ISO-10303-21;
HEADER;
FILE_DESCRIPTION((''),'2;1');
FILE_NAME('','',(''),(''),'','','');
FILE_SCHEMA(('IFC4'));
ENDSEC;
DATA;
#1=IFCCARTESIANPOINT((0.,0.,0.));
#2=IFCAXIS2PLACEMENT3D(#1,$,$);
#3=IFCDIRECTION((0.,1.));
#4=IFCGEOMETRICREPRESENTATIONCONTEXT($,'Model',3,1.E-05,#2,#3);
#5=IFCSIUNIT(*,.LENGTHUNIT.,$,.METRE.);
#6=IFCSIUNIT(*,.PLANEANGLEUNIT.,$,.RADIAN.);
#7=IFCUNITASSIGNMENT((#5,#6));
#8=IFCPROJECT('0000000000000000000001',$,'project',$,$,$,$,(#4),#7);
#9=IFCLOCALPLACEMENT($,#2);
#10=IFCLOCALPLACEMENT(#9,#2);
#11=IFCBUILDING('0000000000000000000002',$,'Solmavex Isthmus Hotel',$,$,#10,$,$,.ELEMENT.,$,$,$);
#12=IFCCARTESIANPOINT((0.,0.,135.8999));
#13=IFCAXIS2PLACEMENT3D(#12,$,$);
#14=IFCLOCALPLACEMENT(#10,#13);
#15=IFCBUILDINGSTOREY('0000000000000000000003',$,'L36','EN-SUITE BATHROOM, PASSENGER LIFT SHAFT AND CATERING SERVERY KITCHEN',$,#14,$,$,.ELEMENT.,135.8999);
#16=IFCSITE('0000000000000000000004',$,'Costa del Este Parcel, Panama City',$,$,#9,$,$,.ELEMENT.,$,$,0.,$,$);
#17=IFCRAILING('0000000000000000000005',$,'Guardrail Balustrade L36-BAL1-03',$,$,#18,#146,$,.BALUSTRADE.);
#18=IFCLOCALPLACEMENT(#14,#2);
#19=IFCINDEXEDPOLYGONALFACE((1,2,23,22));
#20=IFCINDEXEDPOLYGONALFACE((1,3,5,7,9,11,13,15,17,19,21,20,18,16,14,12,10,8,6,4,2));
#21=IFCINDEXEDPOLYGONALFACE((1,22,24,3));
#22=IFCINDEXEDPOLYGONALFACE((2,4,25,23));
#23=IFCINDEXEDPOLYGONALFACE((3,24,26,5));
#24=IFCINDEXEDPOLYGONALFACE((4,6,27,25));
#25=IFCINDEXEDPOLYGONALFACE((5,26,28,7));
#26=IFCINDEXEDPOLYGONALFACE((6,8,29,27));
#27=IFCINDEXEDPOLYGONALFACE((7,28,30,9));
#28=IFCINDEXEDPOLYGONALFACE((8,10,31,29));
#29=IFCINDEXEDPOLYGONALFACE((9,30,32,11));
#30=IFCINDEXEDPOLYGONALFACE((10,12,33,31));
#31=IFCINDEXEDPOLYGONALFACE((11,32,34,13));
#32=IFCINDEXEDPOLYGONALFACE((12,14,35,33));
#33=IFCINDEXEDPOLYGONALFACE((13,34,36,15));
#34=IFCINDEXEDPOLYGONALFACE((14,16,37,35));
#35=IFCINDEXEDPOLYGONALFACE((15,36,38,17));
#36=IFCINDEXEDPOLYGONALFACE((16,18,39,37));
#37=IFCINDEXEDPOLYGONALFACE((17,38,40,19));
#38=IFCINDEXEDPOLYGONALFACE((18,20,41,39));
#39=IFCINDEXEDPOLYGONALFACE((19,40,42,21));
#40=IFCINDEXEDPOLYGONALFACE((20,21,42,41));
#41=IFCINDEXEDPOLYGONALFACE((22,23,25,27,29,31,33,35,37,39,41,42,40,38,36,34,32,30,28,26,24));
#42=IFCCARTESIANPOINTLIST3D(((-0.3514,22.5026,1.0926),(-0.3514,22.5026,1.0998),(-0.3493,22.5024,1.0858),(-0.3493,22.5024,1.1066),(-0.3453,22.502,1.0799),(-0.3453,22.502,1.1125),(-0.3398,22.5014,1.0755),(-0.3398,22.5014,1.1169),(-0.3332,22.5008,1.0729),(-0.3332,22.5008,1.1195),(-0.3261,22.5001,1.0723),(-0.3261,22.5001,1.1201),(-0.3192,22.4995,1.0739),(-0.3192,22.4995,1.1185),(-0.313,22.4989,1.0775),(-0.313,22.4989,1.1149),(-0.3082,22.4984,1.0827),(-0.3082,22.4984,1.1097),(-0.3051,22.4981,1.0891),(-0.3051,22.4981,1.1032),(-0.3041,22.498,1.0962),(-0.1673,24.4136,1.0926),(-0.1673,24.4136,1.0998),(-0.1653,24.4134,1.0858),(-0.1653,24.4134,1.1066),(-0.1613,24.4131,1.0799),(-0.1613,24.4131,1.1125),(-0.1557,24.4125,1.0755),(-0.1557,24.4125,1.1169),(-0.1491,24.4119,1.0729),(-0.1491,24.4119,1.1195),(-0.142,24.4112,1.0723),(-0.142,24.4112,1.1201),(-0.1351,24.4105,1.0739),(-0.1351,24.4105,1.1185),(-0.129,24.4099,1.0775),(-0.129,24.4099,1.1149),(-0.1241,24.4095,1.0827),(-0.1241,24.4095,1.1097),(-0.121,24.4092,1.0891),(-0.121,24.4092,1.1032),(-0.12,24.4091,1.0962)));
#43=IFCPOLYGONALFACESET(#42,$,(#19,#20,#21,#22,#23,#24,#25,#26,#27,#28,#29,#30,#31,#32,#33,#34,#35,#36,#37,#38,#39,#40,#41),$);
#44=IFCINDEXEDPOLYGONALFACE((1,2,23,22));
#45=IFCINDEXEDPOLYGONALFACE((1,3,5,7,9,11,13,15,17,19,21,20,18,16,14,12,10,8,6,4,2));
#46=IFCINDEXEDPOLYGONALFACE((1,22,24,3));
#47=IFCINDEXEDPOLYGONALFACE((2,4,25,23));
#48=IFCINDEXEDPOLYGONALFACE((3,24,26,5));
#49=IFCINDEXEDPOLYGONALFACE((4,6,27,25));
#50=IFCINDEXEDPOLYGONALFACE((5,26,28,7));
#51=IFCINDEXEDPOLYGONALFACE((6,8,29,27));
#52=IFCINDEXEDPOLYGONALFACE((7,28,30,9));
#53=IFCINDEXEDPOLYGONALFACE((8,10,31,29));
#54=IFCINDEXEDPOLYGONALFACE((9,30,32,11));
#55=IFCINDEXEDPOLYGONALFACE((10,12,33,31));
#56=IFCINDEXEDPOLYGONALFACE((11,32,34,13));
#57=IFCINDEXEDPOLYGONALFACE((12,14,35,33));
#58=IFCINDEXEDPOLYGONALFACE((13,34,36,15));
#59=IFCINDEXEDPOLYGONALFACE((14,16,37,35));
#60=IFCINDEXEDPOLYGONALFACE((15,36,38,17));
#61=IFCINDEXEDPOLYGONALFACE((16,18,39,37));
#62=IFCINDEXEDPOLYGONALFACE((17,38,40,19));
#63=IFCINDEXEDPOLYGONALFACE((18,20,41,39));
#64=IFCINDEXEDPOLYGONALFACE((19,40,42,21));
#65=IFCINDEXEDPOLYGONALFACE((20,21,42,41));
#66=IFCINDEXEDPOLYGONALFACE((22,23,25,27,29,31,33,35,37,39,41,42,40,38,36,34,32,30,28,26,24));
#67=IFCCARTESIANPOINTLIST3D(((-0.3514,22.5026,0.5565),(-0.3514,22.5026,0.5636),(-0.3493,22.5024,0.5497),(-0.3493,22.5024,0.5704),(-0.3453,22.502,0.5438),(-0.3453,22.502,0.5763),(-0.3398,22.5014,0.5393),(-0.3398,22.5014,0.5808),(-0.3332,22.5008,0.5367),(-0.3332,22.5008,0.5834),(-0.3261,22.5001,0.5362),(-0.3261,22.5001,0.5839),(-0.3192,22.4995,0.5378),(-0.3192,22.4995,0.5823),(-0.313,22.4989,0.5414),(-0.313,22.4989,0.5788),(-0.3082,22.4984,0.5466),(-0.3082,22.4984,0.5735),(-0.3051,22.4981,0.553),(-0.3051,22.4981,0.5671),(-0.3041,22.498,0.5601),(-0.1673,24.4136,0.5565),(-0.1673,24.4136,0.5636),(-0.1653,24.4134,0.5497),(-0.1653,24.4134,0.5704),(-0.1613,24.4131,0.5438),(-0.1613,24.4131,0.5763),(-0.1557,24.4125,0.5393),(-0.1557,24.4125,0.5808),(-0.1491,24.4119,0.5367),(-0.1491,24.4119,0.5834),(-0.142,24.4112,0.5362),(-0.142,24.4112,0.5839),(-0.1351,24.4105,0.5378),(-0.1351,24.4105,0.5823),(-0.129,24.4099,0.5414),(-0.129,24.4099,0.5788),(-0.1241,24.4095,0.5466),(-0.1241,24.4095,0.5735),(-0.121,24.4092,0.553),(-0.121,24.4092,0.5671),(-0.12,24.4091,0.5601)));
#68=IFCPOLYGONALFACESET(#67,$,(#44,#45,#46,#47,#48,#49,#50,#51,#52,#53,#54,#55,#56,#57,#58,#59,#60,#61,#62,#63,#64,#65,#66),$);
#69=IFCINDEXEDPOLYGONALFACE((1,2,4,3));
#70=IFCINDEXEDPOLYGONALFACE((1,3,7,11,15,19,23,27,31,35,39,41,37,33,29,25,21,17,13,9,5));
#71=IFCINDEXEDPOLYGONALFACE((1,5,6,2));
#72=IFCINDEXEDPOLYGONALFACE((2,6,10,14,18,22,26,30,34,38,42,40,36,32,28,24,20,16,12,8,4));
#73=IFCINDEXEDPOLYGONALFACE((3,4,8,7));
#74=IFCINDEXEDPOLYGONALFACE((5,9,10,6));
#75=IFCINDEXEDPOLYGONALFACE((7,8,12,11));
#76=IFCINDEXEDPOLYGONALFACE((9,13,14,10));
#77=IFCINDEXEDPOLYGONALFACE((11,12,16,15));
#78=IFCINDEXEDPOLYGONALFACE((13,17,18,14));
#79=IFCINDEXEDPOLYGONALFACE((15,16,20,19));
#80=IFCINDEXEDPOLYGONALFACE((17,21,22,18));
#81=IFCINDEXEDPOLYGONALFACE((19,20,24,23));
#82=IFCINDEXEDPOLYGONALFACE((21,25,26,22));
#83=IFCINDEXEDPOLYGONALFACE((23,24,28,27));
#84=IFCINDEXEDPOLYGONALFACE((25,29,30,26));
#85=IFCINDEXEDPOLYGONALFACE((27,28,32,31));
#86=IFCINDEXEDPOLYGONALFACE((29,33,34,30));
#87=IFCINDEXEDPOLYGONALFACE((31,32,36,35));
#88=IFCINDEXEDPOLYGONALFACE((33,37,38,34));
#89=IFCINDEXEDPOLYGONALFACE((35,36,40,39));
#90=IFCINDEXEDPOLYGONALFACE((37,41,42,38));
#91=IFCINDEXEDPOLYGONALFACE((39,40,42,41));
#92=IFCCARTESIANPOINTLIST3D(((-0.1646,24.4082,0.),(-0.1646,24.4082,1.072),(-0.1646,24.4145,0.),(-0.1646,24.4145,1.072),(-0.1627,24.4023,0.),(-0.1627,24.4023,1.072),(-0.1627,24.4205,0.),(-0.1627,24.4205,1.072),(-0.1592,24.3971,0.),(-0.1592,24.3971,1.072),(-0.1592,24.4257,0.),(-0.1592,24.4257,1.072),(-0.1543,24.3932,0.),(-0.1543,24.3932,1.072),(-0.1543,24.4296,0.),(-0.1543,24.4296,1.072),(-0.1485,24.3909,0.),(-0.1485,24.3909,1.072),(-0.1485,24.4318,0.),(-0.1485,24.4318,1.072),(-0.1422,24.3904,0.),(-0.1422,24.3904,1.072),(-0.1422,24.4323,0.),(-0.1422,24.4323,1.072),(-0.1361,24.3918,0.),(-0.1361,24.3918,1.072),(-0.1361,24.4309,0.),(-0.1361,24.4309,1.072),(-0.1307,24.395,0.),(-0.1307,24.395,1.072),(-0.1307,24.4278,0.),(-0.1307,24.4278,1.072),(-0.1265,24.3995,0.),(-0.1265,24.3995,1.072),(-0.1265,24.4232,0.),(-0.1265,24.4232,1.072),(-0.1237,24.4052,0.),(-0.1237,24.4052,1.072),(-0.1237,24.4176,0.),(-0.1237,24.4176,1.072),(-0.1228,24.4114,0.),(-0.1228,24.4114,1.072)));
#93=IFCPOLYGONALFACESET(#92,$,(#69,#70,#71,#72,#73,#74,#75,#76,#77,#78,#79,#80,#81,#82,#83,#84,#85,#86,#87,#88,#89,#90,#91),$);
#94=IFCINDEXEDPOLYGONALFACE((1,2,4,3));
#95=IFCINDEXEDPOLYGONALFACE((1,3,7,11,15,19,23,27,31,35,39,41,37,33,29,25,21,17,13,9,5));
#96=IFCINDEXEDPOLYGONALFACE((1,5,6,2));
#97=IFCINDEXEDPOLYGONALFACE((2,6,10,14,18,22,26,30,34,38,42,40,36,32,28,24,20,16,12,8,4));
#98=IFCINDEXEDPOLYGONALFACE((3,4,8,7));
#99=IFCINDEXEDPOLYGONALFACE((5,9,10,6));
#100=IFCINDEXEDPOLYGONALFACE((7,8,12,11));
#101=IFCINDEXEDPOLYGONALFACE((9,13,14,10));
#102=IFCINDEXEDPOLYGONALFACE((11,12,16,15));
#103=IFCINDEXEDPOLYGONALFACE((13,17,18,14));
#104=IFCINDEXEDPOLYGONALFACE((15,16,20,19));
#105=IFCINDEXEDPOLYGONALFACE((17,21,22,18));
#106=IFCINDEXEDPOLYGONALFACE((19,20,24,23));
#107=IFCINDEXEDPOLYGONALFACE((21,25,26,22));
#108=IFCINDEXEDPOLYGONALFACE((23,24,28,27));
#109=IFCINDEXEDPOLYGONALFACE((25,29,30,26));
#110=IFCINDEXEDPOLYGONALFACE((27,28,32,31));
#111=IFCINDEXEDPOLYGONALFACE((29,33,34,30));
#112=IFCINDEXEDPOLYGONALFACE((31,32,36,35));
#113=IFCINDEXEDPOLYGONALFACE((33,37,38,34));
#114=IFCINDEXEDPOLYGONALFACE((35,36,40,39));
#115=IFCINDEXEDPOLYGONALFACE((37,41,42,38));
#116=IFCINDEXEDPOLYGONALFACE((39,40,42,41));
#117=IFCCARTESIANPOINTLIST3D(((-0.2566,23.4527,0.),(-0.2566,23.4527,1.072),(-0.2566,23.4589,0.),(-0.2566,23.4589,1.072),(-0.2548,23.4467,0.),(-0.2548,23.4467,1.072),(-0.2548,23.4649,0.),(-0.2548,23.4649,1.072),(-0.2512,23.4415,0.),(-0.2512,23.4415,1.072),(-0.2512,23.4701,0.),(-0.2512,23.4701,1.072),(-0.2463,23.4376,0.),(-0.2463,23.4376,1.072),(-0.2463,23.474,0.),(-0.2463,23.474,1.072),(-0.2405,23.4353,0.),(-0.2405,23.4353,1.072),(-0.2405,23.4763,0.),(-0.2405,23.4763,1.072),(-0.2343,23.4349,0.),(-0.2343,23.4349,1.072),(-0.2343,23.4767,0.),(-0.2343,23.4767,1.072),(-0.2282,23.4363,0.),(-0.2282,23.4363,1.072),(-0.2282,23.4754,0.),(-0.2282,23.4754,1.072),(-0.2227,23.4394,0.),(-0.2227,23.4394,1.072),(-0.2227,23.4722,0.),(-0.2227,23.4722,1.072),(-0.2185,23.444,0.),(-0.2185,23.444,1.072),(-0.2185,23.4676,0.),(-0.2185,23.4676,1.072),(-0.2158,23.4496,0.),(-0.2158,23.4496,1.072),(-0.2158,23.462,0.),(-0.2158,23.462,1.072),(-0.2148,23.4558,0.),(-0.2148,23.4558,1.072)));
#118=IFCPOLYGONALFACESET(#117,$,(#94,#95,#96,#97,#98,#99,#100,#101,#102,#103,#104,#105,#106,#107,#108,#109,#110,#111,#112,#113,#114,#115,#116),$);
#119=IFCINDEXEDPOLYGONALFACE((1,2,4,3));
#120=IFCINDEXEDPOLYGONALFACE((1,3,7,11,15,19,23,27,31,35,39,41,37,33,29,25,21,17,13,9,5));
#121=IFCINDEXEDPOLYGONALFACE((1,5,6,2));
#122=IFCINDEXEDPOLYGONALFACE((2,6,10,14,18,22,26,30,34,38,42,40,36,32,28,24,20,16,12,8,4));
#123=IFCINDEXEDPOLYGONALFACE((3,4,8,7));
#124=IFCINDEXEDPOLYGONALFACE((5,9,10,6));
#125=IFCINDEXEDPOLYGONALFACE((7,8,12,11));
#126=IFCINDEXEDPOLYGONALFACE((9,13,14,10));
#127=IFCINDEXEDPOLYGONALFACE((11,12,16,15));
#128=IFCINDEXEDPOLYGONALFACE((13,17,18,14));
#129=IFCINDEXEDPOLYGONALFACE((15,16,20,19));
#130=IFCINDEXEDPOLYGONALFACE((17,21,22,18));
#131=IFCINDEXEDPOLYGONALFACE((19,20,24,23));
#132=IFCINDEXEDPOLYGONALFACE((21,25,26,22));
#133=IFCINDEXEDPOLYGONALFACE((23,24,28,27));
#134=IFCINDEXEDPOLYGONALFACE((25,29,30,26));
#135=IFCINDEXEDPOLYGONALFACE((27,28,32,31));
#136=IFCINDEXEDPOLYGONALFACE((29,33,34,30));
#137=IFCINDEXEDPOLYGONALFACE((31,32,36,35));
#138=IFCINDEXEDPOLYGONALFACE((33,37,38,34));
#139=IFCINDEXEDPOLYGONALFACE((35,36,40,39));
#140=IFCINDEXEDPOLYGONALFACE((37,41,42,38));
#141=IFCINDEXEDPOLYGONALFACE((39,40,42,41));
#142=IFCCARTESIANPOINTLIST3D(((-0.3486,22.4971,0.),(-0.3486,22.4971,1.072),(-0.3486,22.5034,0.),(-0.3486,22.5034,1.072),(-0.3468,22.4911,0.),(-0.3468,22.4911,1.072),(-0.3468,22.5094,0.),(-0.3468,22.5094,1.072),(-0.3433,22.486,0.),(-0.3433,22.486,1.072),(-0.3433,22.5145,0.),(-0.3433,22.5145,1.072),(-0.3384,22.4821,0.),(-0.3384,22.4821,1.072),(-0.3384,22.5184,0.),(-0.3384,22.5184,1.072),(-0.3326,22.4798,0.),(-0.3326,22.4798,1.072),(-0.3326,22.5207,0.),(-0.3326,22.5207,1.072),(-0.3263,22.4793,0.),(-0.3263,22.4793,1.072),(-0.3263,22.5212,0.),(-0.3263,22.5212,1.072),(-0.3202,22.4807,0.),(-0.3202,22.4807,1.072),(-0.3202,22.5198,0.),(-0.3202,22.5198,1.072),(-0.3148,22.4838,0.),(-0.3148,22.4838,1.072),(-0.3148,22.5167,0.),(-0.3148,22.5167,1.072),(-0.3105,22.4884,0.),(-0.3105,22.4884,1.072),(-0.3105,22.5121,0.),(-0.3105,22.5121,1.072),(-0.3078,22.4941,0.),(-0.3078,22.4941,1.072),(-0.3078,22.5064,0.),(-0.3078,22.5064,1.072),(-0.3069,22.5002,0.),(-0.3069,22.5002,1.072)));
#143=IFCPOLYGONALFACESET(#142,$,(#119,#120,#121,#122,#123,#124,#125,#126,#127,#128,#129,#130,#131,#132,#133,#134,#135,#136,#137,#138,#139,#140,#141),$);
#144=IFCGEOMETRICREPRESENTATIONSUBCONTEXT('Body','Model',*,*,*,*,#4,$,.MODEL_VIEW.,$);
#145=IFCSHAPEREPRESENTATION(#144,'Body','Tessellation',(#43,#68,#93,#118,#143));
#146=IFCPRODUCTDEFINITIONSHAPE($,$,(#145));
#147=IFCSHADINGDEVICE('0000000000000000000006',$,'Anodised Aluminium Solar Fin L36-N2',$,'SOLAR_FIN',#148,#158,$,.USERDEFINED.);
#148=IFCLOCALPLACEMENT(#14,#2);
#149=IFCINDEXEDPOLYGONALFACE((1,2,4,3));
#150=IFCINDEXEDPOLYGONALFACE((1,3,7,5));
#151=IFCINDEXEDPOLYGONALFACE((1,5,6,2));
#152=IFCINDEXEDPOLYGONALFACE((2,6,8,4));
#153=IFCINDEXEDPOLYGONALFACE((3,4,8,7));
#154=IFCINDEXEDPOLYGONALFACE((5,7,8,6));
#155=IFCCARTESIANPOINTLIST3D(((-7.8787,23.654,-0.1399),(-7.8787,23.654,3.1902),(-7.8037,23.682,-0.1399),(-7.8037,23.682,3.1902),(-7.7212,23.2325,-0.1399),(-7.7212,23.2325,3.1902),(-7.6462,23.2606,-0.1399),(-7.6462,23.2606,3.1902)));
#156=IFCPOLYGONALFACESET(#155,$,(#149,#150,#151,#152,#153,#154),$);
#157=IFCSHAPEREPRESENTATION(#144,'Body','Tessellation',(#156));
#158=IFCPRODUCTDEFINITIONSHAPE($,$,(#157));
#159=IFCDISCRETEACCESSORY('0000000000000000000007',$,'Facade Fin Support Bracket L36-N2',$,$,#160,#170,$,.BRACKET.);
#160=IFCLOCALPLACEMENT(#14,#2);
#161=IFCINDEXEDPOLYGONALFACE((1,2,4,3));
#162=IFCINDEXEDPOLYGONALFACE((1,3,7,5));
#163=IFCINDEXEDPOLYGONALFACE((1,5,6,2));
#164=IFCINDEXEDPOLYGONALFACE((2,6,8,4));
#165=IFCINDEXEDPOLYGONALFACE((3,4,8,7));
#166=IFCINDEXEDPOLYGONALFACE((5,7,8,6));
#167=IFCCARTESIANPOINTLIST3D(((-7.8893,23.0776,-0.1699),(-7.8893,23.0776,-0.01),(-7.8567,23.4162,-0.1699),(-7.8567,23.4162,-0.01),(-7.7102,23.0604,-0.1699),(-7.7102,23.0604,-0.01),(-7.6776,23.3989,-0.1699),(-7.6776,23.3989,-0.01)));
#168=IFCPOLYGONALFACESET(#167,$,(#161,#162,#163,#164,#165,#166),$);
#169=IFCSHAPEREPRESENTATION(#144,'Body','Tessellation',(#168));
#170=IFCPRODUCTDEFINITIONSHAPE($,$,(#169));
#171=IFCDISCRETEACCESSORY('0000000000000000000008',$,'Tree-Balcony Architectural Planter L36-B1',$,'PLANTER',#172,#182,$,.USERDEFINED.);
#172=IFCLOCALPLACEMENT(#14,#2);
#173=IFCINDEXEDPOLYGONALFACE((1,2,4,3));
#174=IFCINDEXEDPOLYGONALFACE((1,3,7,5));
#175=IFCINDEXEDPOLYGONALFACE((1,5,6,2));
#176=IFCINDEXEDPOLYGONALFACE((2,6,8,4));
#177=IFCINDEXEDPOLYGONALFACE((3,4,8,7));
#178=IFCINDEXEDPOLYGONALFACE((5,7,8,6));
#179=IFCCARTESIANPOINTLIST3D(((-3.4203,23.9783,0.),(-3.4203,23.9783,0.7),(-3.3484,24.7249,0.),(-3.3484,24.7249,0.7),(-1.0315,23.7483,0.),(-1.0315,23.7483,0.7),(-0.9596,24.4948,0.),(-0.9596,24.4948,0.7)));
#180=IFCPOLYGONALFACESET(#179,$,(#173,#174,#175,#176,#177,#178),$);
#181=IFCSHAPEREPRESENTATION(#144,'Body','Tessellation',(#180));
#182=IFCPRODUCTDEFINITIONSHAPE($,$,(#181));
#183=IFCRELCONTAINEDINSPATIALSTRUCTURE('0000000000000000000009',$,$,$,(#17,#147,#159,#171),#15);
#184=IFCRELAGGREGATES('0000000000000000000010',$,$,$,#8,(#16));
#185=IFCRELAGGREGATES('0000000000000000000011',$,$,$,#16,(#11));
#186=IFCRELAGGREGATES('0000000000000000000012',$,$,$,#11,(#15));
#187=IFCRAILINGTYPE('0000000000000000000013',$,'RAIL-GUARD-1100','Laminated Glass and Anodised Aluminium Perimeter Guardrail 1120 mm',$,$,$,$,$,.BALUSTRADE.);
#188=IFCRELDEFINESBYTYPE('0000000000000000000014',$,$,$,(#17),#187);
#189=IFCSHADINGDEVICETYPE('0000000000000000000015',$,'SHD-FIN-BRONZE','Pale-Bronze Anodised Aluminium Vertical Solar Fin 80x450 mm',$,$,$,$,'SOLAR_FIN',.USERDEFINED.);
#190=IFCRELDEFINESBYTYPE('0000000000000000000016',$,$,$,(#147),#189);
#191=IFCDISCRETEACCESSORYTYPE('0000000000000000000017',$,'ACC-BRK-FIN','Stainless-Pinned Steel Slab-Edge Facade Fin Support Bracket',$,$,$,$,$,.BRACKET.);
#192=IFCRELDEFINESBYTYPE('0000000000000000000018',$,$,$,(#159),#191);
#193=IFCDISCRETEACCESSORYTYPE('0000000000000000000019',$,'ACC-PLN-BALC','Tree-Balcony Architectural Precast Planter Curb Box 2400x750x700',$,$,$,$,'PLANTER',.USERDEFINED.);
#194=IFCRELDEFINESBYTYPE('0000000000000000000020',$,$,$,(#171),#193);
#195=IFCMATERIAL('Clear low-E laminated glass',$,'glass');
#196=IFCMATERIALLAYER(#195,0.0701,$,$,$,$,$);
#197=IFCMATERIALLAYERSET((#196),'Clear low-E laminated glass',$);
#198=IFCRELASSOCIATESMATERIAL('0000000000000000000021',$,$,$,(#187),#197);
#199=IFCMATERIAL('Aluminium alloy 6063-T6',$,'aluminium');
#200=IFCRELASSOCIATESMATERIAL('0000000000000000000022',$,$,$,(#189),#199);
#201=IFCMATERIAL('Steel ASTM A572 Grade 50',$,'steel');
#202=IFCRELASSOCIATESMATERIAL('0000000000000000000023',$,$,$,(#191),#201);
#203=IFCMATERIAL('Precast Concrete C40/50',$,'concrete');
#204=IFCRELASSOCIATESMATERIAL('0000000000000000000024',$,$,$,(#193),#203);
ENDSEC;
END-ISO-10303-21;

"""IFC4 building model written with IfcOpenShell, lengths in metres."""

from ifc_helpers import new_model, si_unit, direction, frame, origin, origin_2d, place, context, subcontext, project, spatial, rectangle, circle, extrude, material, layer, layer_set, type_object, element, save


model = new_model("IFC4")

# Units and contexts
model_context = context("Model", 3, precision=1e-05, world=origin(), true_north=direction((0.0, 1.0)))
body_context = subcontext(model_context, "Body", "Model", "MODEL_VIEW")
ifc_project = project(units=[si_unit("LENGTHUNIT", "METRE"), si_unit("PLANEANGLEUNIT", "RADIAN")], contexts=[model_context])

# Site, building, storey
site_placement = place(None, origin())
site = spatial("IfcSite", under=ifc_project, at=site_placement, Name="Costa del Este Parcel, Panama City", CompositionType="ELEMENT", RefElevation=0.0)
building_placement = place(site_placement, origin())
building = spatial("IfcBuilding", under=site, at=building_placement, Name="Solmavex Isthmus Hotel", CompositionType="ELEMENT")
storey_placement = place(building_placement, frame((0.0, 0.0, 135.8999)))
storey = spatial("IfcBuildingStorey", under=building, at=storey_placement, Name="L36", Description="EN-SUITE BATHROOM, PASSENGER LIFT SHAFT AND CATERING SERVERY KITCHEN", CompositionType="ELEMENT", Elevation=135.8999)

# Shared definitions
ifc_material_1 = material(Name="Steel ASTM A572 Grade 50", Category="steel")

# Shared definitions
ifc_material_2 = material(Name="Aluminium alloy 6063-T6", Category="aluminium")

# Shared definitions
ifc_material_3 = material(Name="Clear low-E laminated glass", Category="glass")

# Shared definitions
ifc_material_4 = material(Name="Precast Concrete C40/50", Category="concrete")

# Railing
ifc_layer_1 = layer(ifc_material_3, 0.0701)
ifc_layer_set_1 = layer_set([ifc_layer_1], Name="Clear low-E laminated glass")
railing_type = type_object("IfcRailingType", Name="RAIL-GUARD-1100", Description="Laminated Glass and Anodised Aluminium Perimeter Guardrail 1120 mm", PredefinedType="BALUSTRADE", material=ifc_layer_set_1)
railing_1_placement = place(storey_placement, frame((-0.1438, 24.4114, 0.0)))
element("IfcRailing", 1, at=railing_1_placement, inside=storey, type_object=railing_type, Name="Guardrail Balustrade L36-BAL1-03", PredefinedType="BALUSTRADE", context=body_context, shape_type="SweptSolid", body=[
    extrude(circle(Radius=0.0239, at=origin_2d()), frame((0.0, 0.0, 1.0962), z_axis=(-0.095877, -0.995393, 0.0), x_axis=(0.995393, -0.095877, 0.0)), (0.0, 0.0, 1.0), 1.9199),
    extrude(circle(Radius=0.0239, at=origin_2d()), frame((0.0, 0.0, 0.5601), z_axis=(-0.095877, -0.995393, 0.0), x_axis=(0.995393, -0.095877, 0.0)), (0.0, 0.0, 1.0), 1.9199),
    extrude(circle(Radius=0.021, at=origin_2d()), origin(), (0.0, 0.0, 1.0), 1.072),
    extrude(circle(Radius=0.021, at=origin_2d()), frame((-0.092, -0.9556, 0.0)), (0.0, 0.0, 1.0), 1.072),
    extrude(circle(Radius=0.021, at=origin_2d()), frame((-0.1841, -1.9111, 0.0)), (0.0, 0.0, 1.0), 1.072),
])

# Shading device
shading_device_type = type_object("IfcShadingDeviceType", Name="SHD-FIN-BRONZE", Description="Pale-Bronze Anodised Aluminium Vertical Solar Fin 80x450 mm", ElementType="SOLAR_FIN", PredefinedType="USERDEFINED", material=ifc_material_2)
shading_device_placement = place(storey_placement, frame((-7.7625, 23.4573, -0.1399), z_axis=(0.0, 0.0, 1.0), x_axis=(-0.350207, 0.936672, 0.0)))
element("IfcShadingDevice", 2, at=shading_device_placement, inside=storey, type_object=shading_device_type, Name="Anodised Aluminium Solar Fin L36-N2", ObjectType="SOLAR_FIN", PredefinedType="USERDEFINED", context=body_context, shape_type="SweptSolid", body=[
    extrude(rectangle(XDim=0.45, YDim=0.0801, at=origin_2d()), origin(), (0.0, 0.0, 1.0), 3.3301),
])

# Discrete accessories
discrete_accessory_type_1 = type_object("IfcDiscreteAccessoryType", Name="ACC-BRK-FIN", Description="Stainless-Pinned Steel Slab-Edge Facade Fin Support Bracket", PredefinedType="BRACKET", material=ifc_material_1)
discrete_accessory_1_placement = place(storey_placement, frame((-7.7834, 23.2383, -0.1699), z_axis=(0.0, 0.0, 1.0), x_axis=(0.095846, 0.995396, 0.0)))
element("IfcDiscreteAccessory", 3, at=discrete_accessory_1_placement, inside=storey, type_object=discrete_accessory_type_1, Name="Facade Fin Support Bracket L36-N2", PredefinedType="BRACKET", context=body_context, shape_type="SweptSolid", body=[
    extrude(rectangle(XDim=0.3401, YDim=0.1799, at=origin_2d()), origin(), (0.0, 0.0, 1.0), 0.1599),
])
discrete_accessory_type_2 = type_object("IfcDiscreteAccessoryType", Name="ACC-PLN-BALC", Description="Tree-Balcony Architectural Precast Planter Curb Box 2400x750x700", ElementType="PLANTER", PredefinedType="USERDEFINED", material=ifc_material_4)
discrete_accessory_2_placement = place(storey_placement, frame((-2.1899, 24.2366, 0.0), z_axis=(0.0, 0.0, 1.0), x_axis=(0.995396, -0.095846, 0.0)))
element("IfcDiscreteAccessory", 4, at=discrete_accessory_2_placement, inside=storey, type_object=discrete_accessory_type_2, Name="Tree-Balcony Architectural Planter L36-B1", ObjectType="PLANTER", PredefinedType="USERDEFINED", context=body_context, shape_type="SweptSolid", body=[
    extrude(rectangle(XDim=2.3999, YDim=0.75, at=origin_2d()), origin(), (0.0, 0.0, 1.0), 0.7),
])

save(model, "model.ifc")
